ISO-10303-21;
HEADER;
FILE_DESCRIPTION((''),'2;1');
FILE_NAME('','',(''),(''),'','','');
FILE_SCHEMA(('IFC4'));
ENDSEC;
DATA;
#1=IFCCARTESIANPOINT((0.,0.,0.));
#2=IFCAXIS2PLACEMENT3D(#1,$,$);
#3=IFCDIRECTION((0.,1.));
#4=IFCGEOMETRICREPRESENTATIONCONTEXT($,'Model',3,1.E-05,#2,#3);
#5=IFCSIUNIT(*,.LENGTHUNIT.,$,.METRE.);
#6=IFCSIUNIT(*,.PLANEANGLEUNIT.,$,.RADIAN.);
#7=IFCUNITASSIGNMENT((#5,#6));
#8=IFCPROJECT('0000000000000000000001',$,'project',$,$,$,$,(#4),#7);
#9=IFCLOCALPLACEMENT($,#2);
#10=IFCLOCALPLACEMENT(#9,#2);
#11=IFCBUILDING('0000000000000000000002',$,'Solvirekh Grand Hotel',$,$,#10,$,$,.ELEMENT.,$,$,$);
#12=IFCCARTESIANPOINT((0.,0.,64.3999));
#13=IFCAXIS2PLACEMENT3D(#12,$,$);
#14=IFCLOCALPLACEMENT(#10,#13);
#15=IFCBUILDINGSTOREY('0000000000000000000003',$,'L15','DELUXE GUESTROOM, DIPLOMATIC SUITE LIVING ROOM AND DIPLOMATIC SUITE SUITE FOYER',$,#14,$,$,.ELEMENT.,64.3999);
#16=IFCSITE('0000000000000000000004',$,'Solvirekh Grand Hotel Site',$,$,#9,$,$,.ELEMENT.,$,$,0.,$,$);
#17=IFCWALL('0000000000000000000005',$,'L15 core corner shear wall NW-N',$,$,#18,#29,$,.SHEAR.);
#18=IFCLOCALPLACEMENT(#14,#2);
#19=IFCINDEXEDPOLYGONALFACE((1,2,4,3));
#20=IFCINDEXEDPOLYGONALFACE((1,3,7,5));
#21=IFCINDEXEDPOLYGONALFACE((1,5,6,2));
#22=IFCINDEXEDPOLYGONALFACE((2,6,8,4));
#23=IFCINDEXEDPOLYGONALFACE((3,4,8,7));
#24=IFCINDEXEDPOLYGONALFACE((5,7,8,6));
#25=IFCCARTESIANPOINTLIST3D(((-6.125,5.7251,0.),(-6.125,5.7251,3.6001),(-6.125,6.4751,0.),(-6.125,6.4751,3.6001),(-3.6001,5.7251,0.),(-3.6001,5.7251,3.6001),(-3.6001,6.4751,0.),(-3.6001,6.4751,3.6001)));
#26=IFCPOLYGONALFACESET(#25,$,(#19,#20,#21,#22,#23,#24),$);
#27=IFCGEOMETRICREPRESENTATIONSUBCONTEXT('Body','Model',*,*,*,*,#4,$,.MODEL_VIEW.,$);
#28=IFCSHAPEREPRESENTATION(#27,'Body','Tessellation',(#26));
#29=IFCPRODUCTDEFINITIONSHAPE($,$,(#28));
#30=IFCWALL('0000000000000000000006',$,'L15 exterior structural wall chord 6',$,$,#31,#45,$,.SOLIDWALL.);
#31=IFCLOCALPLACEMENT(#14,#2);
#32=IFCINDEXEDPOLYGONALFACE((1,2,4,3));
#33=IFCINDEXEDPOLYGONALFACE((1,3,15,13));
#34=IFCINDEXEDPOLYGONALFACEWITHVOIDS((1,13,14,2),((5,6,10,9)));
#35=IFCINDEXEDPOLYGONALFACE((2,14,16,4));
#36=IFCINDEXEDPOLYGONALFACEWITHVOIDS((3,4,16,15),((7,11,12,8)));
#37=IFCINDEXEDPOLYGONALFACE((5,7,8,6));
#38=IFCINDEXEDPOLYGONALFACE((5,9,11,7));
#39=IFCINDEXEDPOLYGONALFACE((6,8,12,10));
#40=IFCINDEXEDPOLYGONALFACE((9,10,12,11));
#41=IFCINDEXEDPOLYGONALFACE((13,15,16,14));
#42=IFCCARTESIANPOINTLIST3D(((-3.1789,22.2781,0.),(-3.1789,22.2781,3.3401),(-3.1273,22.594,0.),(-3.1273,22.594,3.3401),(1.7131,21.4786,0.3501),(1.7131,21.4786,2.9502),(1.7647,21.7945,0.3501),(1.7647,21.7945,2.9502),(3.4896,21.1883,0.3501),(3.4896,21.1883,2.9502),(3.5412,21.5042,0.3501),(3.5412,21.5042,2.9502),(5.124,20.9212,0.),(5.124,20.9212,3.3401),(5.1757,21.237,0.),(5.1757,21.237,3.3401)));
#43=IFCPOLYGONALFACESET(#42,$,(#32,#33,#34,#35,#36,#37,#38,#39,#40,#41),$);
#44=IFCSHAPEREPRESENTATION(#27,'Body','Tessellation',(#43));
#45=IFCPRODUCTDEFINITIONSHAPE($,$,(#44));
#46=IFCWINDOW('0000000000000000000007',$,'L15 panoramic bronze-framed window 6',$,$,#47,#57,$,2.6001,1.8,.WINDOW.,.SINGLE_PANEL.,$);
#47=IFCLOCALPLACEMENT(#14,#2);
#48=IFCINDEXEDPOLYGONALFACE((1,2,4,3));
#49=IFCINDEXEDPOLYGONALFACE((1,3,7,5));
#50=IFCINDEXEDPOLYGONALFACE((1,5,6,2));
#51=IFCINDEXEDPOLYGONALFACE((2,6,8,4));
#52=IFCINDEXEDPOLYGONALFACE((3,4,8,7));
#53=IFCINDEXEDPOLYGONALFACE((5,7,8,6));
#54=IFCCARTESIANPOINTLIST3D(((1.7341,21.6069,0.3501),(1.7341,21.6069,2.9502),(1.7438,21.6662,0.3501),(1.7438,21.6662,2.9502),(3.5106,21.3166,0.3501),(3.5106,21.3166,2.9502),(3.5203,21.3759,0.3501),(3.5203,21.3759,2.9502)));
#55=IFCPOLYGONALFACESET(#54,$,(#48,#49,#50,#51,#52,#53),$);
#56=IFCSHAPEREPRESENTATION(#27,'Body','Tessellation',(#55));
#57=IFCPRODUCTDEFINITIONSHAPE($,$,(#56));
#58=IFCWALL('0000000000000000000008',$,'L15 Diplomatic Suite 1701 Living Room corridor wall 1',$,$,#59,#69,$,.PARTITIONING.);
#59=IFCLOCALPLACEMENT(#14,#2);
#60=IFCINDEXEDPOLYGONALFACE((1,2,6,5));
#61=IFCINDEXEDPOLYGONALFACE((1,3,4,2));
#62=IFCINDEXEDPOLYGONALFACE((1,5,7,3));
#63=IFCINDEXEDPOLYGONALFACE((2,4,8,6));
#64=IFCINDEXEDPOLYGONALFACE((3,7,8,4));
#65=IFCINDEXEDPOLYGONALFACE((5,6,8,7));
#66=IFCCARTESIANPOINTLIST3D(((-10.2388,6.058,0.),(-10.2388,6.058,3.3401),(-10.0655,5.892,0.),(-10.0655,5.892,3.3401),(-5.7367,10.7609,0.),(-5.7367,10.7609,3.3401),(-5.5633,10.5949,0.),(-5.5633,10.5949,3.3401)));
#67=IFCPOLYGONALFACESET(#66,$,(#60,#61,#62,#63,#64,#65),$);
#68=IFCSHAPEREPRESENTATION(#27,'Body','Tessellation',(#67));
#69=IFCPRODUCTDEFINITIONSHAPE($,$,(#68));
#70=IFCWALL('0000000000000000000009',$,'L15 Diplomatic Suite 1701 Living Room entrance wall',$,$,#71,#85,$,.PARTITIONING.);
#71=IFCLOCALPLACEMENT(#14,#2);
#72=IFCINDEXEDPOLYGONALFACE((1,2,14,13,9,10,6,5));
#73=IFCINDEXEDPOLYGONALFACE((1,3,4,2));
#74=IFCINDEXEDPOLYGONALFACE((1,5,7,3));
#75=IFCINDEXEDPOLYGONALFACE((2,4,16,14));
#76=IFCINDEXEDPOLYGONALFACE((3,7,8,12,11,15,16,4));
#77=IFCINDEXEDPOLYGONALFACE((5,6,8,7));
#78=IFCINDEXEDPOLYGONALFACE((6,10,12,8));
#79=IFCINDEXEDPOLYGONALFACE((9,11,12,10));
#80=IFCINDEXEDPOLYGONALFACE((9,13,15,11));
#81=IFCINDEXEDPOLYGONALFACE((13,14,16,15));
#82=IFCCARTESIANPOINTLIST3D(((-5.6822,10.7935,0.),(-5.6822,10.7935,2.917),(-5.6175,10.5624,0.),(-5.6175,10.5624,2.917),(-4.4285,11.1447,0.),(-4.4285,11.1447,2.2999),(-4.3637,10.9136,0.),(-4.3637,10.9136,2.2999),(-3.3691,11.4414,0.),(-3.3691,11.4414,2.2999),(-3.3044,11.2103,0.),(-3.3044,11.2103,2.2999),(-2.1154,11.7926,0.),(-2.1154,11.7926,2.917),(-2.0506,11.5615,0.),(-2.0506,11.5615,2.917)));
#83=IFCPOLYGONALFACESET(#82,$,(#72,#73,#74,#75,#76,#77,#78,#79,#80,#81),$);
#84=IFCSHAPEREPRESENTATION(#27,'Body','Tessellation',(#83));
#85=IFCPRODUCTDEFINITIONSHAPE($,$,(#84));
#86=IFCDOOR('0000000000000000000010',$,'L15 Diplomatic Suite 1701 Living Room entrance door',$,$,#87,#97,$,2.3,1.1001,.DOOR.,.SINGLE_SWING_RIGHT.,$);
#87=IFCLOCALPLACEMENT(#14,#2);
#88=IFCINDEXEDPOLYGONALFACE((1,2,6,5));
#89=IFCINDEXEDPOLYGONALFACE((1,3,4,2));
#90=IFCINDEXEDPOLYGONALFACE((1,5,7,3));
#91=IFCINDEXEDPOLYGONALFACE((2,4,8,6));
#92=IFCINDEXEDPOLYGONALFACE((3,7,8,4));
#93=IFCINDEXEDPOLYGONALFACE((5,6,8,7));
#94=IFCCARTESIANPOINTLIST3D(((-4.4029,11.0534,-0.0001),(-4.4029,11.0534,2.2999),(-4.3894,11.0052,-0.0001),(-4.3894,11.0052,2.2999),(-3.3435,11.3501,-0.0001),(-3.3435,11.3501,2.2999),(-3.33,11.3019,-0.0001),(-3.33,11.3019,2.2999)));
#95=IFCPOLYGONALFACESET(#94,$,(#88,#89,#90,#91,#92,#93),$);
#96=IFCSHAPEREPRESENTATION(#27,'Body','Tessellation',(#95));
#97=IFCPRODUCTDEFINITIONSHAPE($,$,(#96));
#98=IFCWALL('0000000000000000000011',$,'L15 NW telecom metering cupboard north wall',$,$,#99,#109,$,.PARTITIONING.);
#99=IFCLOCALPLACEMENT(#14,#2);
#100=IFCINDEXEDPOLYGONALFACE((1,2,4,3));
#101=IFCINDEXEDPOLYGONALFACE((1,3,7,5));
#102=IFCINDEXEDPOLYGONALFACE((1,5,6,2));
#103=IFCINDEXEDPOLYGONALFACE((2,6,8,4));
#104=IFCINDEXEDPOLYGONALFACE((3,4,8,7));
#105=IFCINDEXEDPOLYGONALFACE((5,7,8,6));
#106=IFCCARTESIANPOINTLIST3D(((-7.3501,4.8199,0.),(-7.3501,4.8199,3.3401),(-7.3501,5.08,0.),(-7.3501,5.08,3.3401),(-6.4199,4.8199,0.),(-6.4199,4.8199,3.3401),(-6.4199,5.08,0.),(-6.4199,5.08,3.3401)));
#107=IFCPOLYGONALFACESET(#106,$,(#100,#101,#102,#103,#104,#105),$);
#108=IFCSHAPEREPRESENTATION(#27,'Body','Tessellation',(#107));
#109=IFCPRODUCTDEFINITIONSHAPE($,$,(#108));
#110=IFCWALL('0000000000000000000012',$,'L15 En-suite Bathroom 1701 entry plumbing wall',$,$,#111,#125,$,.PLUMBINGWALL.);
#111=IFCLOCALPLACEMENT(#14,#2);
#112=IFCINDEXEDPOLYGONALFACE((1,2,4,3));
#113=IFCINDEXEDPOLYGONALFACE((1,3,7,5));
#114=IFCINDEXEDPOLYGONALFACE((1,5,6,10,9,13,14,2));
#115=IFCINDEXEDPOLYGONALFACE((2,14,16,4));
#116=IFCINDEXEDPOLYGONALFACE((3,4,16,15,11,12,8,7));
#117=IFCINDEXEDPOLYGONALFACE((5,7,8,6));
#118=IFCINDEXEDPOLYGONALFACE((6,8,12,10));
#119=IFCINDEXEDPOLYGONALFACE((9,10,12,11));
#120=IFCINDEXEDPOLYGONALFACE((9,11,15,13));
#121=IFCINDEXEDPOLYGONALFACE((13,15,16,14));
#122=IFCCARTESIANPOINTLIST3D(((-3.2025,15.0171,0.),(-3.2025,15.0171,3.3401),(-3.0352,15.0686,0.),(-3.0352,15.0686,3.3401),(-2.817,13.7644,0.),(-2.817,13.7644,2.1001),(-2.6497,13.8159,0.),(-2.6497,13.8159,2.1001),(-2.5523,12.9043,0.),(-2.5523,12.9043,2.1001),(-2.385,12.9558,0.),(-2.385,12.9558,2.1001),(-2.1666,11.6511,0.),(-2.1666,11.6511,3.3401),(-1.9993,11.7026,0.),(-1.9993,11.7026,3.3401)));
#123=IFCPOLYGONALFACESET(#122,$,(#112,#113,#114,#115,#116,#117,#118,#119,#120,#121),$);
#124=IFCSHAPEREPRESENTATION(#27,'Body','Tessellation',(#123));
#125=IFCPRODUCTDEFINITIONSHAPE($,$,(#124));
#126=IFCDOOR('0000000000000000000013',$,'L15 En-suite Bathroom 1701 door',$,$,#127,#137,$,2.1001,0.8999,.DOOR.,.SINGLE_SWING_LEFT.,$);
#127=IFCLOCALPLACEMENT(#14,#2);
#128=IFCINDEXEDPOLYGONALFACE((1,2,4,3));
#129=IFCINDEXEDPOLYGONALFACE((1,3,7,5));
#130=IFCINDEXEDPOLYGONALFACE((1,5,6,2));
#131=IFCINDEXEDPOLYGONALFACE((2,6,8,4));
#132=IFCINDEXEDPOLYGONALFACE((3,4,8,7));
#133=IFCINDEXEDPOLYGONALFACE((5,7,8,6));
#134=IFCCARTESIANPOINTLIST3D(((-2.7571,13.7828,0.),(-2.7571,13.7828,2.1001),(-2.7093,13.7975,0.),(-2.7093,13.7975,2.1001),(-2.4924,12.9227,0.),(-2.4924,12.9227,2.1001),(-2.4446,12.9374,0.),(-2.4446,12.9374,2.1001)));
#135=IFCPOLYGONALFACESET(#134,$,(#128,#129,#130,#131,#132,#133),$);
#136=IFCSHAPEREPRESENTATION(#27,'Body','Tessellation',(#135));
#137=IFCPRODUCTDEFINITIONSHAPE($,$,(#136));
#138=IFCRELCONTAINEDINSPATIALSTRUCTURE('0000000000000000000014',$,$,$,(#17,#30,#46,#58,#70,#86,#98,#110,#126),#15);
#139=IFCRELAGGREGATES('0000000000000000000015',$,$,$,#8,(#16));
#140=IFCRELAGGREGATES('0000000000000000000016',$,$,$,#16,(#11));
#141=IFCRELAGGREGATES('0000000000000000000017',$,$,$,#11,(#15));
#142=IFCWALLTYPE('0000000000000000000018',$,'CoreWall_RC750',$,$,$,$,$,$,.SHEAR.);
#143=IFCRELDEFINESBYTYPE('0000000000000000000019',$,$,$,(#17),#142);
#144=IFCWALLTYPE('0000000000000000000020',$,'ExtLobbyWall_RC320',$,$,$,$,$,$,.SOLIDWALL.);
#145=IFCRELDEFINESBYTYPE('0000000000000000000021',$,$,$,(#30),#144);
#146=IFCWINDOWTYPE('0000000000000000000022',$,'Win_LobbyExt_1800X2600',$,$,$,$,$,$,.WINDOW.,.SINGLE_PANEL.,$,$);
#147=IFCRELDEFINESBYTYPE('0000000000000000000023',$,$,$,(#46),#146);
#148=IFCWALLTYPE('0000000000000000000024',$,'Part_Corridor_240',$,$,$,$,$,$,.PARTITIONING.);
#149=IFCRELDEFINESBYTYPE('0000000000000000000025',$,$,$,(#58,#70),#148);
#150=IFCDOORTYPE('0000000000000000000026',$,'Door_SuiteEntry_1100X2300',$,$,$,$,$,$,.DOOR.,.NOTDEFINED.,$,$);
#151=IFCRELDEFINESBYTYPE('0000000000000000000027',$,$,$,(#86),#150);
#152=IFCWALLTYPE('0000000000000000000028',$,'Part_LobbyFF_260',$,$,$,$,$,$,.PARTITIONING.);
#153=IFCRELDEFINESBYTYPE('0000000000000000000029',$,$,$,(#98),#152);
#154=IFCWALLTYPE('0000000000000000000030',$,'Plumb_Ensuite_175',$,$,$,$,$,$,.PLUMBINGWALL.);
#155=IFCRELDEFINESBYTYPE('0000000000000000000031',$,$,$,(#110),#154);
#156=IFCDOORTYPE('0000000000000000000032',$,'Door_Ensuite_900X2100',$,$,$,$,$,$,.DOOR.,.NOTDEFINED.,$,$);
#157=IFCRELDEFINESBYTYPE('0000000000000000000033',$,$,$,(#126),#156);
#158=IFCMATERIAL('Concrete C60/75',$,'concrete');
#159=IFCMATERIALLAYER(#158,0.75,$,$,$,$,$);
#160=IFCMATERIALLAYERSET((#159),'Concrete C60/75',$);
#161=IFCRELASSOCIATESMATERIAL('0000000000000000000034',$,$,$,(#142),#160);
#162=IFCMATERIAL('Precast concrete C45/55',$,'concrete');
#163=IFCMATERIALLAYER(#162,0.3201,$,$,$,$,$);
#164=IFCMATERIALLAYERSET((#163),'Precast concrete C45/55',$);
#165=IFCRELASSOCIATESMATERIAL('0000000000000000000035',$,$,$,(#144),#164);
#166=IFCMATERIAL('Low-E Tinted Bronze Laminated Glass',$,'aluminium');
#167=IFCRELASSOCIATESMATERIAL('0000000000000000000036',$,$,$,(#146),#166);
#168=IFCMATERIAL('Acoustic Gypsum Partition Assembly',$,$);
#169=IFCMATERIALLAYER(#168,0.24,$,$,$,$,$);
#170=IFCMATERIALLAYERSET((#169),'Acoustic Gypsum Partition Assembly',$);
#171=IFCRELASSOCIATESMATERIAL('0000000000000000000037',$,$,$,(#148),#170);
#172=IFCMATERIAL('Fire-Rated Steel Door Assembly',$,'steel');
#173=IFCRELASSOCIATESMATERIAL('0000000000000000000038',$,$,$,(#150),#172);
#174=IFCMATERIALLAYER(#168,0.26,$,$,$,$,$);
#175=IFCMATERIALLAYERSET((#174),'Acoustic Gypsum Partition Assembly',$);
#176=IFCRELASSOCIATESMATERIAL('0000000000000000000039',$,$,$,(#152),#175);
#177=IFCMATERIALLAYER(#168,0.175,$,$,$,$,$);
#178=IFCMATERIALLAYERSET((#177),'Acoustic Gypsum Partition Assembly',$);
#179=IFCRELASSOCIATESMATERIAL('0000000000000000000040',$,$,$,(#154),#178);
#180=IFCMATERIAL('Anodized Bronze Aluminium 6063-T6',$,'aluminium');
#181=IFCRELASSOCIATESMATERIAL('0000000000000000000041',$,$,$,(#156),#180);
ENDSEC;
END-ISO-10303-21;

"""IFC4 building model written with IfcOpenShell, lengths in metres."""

from ifc_helpers import new_model, si_unit, direction, frame, frame_2d, origin, place, context, subcontext, project, spatial, rectangle, extrude, material, layer, layer_set, type_object, element, fill, save


model = new_model("IFC4")

# Units and contexts
model_context = context("Model", 3, precision=1e-05, world=origin(), true_north=direction((0.0, 1.0)))
body_context = subcontext(model_context, "Body", "Model", "MODEL_VIEW")
ifc_project = project(units=[si_unit("LENGTHUNIT", "METRE"), si_unit("PLANEANGLEUNIT", "RADIAN")], contexts=[model_context])

# Site, building, storey
site_placement = place(None, origin())
site = spatial("IfcSite", under=ifc_project, at=site_placement, Name="Solvirekh Grand Hotel Site", CompositionType="ELEMENT", RefElevation=0.0)
building_placement = place(site_placement, origin())
building = spatial("IfcBuilding", under=site, at=building_placement, Name="Solvirekh Grand Hotel", CompositionType="ELEMENT")
storey_placement = place(building_placement, frame((0.0, 0.0, 64.3999)))
storey = spatial("IfcBuildingStorey", under=building, at=storey_placement, Name="L15", Description="DELUXE GUESTROOM, DIPLOMATIC SUITE LIVING ROOM AND DIPLOMATIC SUITE SUITE FOYER", CompositionType="ELEMENT", Elevation=64.3999)

# Shared definitions
ifc_material_1 = material(Name="Concrete C60/75", Category="concrete")

# Wall
ifc_layer_1 = layer(ifc_material_1, 0.75)
ifc_layer_set_1 = layer_set([ifc_layer_1], Name="Concrete C60/75")
wall_type_1 = type_object("IfcWallType", Name="CoreWall_RC750", PredefinedType="SHEAR", material=ifc_layer_set_1)
wall_1_placement = place(storey_placement, frame((-6.125, 6.1001, 0.0), z_axis=(0.0, 0.0, 1.0), x_axis=(1.0, 0.0, 0.0)))
element("IfcWall", 1, at=wall_1_placement, inside=storey, type_object=wall_type_1, Name="L15 core corner shear wall NW-N", PredefinedType="SHEAR", context=body_context, shape_type="SweptSolid", body=[
    extrude(rectangle(XDim=2.5249, YDim=0.75, at=frame_2d((1.2625, 0.0))), origin(), (0.0, 0.0, 1.0), 3.6001),
])

# Wall, opening, window
ifc_material_2 = material(Name="Precast concrete C45/55", Category="concrete")
ifc_layer_2 = layer(ifc_material_2, 0.3201)
ifc_layer_set_2 = layer_set([ifc_layer_2], Name="Precast concrete C45/55")
wall_type_2 = type_object("IfcWallType", Name="ExtLobbyWall_RC320", PredefinedType="SOLIDWALL", material=ifc_layer_set_2)
wall_2_placement = place(storey_placement, frame((-3.1531, 22.436, 0.0), z_axis=(0.0, 0.0, 1.0), x_axis=(0.986907, -0.161288, 0.0)))
wall_2 = element("IfcWall", 2, at=wall_2_placement, inside=storey, type_object=wall_type_2, Name="L15 exterior structural wall chord 6", PredefinedType="SOLIDWALL", context=body_context, shape_type="SweptSolid", body=[
    extrude(rectangle(XDim=8.4131, YDim=0.3201, at=frame_2d((4.2065, 0.0))), origin(), (0.0, 0.0, 1.0), 3.3401),
])
opening_1_placement = place(wall_2_placement, frame((4.957, 0.0, 0.3501)))
opening_1 = element("IfcOpeningElement", 3, at=opening_1_placement, cuts=wall_2, PredefinedType="OPENING", context=body_context, shape_type="SweptSolid", body=[
    extrude(rectangle(XDim=1.8, YDim=2.6001, at=frame_2d((0.8999, 1.3))), frame((0.0, 0.1699, 0.0), z_axis=(0.0, -1.0, 0.0), x_axis=(1.0, 0.0, 0.0)), (0.0, 0.0, 1.0), 0.3401),
])
ifc_material_3 = material(Name="Low-E Tinted Bronze Laminated Glass", Category="aluminium")
window_type = type_object("IfcWindowType", Name="Win_LobbyExt_1800X2600", PartitioningType="SINGLE_PANEL", PredefinedType="WINDOW", material=ifc_material_3)
window_placement = place(opening_1_placement, origin())
window = element("IfcWindow", 4, at=window_placement, inside=storey, type_object=window_type, Name="L15 panoramic bronze-framed window 6", OverallHeight=2.6001, OverallWidth=1.8, PartitioningType="SINGLE_PANEL", PredefinedType="WINDOW", context=body_context, shape_type="SweptSolid", body=[
    extrude(rectangle(XDim=1.8, YDim=2.6001, at=frame_2d((0.8999, 1.3))), frame((0.0, 0.03, 0.0), z_axis=(0.0, -1.0, 0.0), x_axis=(1.0, 0.0, 0.0)), (0.0, 0.0, 1.0), 0.0601),
])
fill(opening_1, window)

# Wall
ifc_material_4 = material(Name="Acoustic Gypsum Partition Assembly")
ifc_layer_3 = layer(ifc_material_4, 0.24)
ifc_layer_set_3 = layer_set([ifc_layer_3], Name="Acoustic Gypsum Partition Assembly")
wall_type_3 = type_object("IfcWallType", Name="Part_Corridor_240", PredefinedType="PARTITIONING", material=ifc_layer_set_3)
wall_3_placement = place(storey_placement, frame((-5.6499, 10.678, 0.0), z_axis=(0.0, 0.0, 1.0), x_axis=(-0.691527, -0.722351, 0.0)))
element("IfcWall", 5, at=wall_3_placement, inside=storey, type_object=wall_type_3, Name="L15 Diplomatic Suite 1701 Living Room corridor wall 1", PredefinedType="PARTITIONING", context=body_context, shape_type="SweptSolid", body=[
    extrude(rectangle(XDim=6.5105, YDim=0.24, at=frame_2d((3.2554, 0.0))), origin(), (0.0, 0.0, 1.0), 3.3401),
])

# Wall, opening, door
wall_4_placement = place(storey_placement, frame((-2.083, 11.677, 0.0), z_axis=(0.0, 0.0, 1.0), x_axis=(-0.962943, -0.269703, 0.0)))
wall_4 = element("IfcWall", 6, at=wall_4_placement, inside=storey, type_object=wall_type_3, Name="L15 Diplomatic Suite 1701 Living Room entrance wall", PredefinedType="PARTITIONING", context=body_context, shape_type="SweptSolid", body=[
    extrude(rectangle(XDim=3.7041, YDim=0.24, at=frame_2d((1.8521, 0.0))), origin(), (0.0, 0.0, 1.0), 2.917),
])
opening_2_placement = place(wall_4_placement, frame((1.302, 0.0, 0.0)))
opening_2 = element("IfcOpeningElement", 7, at=opening_2_placement, cuts=wall_4, PredefinedType="OPENING", context=body_context, shape_type="SweptSolid", body=[
    extrude(rectangle(XDim=1.1001, YDim=2.3, at=frame_2d((0.55, 1.1499))), frame((0.0, 0.1299, 0.0), z_axis=(0.0, -1.0, 0.0), x_axis=(1.0, 0.0, 0.0)), (0.0, 0.0, 1.0), 0.26),
])
ifc_material_5 = material(Name="Fire-Rated Steel Door Assembly", Category="steel")
door_type_1 = type_object("IfcDoorType", Name="Door_SuiteEntry_1100X2300", OperationType="NOTDEFINED", PredefinedType="DOOR", material=ifc_material_5)
door_1_placement = place(opening_2_placement, origin())
door_1 = element("IfcDoor", 8, at=door_1_placement, inside=storey, type_object=door_type_1, Name="L15 Diplomatic Suite 1701 Living Room entrance door", OperationType="SINGLE_SWING_RIGHT", OverallHeight=2.3, OverallWidth=1.1001, PredefinedType="DOOR", context=body_context, shape_type="SweptSolid", body=[
    extrude(rectangle(XDim=1.1001, YDim=2.3, at=frame_2d((0.55, 1.1499))), frame((0.0, 0.0249, 0.0), z_axis=(0.0, -1.0, 0.0), x_axis=(1.0, 0.0, 0.0)), (0.0, 0.0, 1.0), 0.05),
])
fill(opening_2, door_1)

# Wall
ifc_layer_4 = layer(ifc_material_4, 0.26)
ifc_layer_set_4 = layer_set([ifc_layer_4], Name="Acoustic Gypsum Partition Assembly")
wall_type_4 = type_object("IfcWallType", Name="Part_LobbyFF_260", PredefinedType="PARTITIONING", material=ifc_layer_set_4)
wall_5_placement = place(storey_placement, frame((-7.3501, 4.95, 0.0), z_axis=(0.0, 0.0, 1.0), x_axis=(1.0, 0.0, 0.0)))
element("IfcWall", 9, at=wall_5_placement, inside=storey, type_object=wall_type_4, Name="L15 NW telecom metering cupboard north wall", PredefinedType="PARTITIONING", context=body_context, shape_type="SweptSolid", body=[
    extrude(rectangle(XDim=0.9302, YDim=0.26, at=frame_2d((0.4651, 0.0))), origin(), (0.0, 0.0, 1.0), 3.3401),
])

# Wall, opening, door
ifc_layer_5 = layer(ifc_material_4, 0.175)
ifc_layer_set_5 = layer_set([ifc_layer_5], Name="Acoustic Gypsum Partition Assembly")
wall_type_5 = type_object("IfcWallType", Name="Plumb_Ensuite_175", PredefinedType="PLUMBINGWALL", material=ifc_layer_set_5)
wall_6_placement = place(storey_placement, frame((-2.083, 11.677, 0.0), z_axis=(0.0, 0.0, 1.0), x_axis=(-0.294139, 0.955763, 0.0)))
wall_6 = element("IfcWall", 10, at=wall_6_placement, inside=storey, type_object=wall_type_5, Name="L15 En-suite Bathroom 1701 entry plumbing wall", PredefinedType="PLUMBINGWALL", context=body_context, shape_type="SweptSolid", body=[
    extrude(rectangle(XDim=3.5217, YDim=0.175, at=frame_2d((1.7607, 0.0))), origin(), (0.0, 0.0, 1.0), 3.3401),
])
opening_3_placement = place(wall_6_placement, frame((1.311, 0.0, 0.0)))
opening_3 = element("IfcOpeningElement", 11, at=opening_3_placement, cuts=wall_6, PredefinedType="OPENING", context=body_context, shape_type="SweptSolid", body=[
    extrude(rectangle(XDim=0.8999, YDim=2.1001, at=frame_2d((0.45, 1.05))), frame((0.0, 0.0977, 0.0), z_axis=(0.0, -1.0, 0.0), x_axis=(1.0, 0.0, 0.0)), (0.0, 0.0, 1.0), 0.1951),
])
ifc_material_6 = material(Name="Anodized Bronze Aluminium 6063-T6", Category="aluminium")
door_type_2 = type_object("IfcDoorType", Name="Door_Ensuite_900X2100", OperationType="NOTDEFINED", PredefinedType="DOOR", material=ifc_material_6)
door_2_placement = place(opening_3_placement, origin())
door_2 = element("IfcDoor", 12, at=door_2_placement, inside=storey, type_object=door_type_2, Name="L15 En-suite Bathroom 1701 door", OperationType="SINGLE_SWING_LEFT", OverallHeight=2.1001, OverallWidth=0.8999, PredefinedType="DOOR", context=body_context, shape_type="SweptSolid", body=[
    extrude(rectangle(XDim=0.8999, YDim=2.1001, at=frame_2d((0.45, 1.05))), frame((0.0, 0.0249, 0.0), z_axis=(0.0, -1.0, 0.0), x_axis=(1.0, 0.0, 0.0)), (0.0, 0.0, 1.0), 0.05),
])
fill(opening_3, door_2)

save(model, "model.ifc")
